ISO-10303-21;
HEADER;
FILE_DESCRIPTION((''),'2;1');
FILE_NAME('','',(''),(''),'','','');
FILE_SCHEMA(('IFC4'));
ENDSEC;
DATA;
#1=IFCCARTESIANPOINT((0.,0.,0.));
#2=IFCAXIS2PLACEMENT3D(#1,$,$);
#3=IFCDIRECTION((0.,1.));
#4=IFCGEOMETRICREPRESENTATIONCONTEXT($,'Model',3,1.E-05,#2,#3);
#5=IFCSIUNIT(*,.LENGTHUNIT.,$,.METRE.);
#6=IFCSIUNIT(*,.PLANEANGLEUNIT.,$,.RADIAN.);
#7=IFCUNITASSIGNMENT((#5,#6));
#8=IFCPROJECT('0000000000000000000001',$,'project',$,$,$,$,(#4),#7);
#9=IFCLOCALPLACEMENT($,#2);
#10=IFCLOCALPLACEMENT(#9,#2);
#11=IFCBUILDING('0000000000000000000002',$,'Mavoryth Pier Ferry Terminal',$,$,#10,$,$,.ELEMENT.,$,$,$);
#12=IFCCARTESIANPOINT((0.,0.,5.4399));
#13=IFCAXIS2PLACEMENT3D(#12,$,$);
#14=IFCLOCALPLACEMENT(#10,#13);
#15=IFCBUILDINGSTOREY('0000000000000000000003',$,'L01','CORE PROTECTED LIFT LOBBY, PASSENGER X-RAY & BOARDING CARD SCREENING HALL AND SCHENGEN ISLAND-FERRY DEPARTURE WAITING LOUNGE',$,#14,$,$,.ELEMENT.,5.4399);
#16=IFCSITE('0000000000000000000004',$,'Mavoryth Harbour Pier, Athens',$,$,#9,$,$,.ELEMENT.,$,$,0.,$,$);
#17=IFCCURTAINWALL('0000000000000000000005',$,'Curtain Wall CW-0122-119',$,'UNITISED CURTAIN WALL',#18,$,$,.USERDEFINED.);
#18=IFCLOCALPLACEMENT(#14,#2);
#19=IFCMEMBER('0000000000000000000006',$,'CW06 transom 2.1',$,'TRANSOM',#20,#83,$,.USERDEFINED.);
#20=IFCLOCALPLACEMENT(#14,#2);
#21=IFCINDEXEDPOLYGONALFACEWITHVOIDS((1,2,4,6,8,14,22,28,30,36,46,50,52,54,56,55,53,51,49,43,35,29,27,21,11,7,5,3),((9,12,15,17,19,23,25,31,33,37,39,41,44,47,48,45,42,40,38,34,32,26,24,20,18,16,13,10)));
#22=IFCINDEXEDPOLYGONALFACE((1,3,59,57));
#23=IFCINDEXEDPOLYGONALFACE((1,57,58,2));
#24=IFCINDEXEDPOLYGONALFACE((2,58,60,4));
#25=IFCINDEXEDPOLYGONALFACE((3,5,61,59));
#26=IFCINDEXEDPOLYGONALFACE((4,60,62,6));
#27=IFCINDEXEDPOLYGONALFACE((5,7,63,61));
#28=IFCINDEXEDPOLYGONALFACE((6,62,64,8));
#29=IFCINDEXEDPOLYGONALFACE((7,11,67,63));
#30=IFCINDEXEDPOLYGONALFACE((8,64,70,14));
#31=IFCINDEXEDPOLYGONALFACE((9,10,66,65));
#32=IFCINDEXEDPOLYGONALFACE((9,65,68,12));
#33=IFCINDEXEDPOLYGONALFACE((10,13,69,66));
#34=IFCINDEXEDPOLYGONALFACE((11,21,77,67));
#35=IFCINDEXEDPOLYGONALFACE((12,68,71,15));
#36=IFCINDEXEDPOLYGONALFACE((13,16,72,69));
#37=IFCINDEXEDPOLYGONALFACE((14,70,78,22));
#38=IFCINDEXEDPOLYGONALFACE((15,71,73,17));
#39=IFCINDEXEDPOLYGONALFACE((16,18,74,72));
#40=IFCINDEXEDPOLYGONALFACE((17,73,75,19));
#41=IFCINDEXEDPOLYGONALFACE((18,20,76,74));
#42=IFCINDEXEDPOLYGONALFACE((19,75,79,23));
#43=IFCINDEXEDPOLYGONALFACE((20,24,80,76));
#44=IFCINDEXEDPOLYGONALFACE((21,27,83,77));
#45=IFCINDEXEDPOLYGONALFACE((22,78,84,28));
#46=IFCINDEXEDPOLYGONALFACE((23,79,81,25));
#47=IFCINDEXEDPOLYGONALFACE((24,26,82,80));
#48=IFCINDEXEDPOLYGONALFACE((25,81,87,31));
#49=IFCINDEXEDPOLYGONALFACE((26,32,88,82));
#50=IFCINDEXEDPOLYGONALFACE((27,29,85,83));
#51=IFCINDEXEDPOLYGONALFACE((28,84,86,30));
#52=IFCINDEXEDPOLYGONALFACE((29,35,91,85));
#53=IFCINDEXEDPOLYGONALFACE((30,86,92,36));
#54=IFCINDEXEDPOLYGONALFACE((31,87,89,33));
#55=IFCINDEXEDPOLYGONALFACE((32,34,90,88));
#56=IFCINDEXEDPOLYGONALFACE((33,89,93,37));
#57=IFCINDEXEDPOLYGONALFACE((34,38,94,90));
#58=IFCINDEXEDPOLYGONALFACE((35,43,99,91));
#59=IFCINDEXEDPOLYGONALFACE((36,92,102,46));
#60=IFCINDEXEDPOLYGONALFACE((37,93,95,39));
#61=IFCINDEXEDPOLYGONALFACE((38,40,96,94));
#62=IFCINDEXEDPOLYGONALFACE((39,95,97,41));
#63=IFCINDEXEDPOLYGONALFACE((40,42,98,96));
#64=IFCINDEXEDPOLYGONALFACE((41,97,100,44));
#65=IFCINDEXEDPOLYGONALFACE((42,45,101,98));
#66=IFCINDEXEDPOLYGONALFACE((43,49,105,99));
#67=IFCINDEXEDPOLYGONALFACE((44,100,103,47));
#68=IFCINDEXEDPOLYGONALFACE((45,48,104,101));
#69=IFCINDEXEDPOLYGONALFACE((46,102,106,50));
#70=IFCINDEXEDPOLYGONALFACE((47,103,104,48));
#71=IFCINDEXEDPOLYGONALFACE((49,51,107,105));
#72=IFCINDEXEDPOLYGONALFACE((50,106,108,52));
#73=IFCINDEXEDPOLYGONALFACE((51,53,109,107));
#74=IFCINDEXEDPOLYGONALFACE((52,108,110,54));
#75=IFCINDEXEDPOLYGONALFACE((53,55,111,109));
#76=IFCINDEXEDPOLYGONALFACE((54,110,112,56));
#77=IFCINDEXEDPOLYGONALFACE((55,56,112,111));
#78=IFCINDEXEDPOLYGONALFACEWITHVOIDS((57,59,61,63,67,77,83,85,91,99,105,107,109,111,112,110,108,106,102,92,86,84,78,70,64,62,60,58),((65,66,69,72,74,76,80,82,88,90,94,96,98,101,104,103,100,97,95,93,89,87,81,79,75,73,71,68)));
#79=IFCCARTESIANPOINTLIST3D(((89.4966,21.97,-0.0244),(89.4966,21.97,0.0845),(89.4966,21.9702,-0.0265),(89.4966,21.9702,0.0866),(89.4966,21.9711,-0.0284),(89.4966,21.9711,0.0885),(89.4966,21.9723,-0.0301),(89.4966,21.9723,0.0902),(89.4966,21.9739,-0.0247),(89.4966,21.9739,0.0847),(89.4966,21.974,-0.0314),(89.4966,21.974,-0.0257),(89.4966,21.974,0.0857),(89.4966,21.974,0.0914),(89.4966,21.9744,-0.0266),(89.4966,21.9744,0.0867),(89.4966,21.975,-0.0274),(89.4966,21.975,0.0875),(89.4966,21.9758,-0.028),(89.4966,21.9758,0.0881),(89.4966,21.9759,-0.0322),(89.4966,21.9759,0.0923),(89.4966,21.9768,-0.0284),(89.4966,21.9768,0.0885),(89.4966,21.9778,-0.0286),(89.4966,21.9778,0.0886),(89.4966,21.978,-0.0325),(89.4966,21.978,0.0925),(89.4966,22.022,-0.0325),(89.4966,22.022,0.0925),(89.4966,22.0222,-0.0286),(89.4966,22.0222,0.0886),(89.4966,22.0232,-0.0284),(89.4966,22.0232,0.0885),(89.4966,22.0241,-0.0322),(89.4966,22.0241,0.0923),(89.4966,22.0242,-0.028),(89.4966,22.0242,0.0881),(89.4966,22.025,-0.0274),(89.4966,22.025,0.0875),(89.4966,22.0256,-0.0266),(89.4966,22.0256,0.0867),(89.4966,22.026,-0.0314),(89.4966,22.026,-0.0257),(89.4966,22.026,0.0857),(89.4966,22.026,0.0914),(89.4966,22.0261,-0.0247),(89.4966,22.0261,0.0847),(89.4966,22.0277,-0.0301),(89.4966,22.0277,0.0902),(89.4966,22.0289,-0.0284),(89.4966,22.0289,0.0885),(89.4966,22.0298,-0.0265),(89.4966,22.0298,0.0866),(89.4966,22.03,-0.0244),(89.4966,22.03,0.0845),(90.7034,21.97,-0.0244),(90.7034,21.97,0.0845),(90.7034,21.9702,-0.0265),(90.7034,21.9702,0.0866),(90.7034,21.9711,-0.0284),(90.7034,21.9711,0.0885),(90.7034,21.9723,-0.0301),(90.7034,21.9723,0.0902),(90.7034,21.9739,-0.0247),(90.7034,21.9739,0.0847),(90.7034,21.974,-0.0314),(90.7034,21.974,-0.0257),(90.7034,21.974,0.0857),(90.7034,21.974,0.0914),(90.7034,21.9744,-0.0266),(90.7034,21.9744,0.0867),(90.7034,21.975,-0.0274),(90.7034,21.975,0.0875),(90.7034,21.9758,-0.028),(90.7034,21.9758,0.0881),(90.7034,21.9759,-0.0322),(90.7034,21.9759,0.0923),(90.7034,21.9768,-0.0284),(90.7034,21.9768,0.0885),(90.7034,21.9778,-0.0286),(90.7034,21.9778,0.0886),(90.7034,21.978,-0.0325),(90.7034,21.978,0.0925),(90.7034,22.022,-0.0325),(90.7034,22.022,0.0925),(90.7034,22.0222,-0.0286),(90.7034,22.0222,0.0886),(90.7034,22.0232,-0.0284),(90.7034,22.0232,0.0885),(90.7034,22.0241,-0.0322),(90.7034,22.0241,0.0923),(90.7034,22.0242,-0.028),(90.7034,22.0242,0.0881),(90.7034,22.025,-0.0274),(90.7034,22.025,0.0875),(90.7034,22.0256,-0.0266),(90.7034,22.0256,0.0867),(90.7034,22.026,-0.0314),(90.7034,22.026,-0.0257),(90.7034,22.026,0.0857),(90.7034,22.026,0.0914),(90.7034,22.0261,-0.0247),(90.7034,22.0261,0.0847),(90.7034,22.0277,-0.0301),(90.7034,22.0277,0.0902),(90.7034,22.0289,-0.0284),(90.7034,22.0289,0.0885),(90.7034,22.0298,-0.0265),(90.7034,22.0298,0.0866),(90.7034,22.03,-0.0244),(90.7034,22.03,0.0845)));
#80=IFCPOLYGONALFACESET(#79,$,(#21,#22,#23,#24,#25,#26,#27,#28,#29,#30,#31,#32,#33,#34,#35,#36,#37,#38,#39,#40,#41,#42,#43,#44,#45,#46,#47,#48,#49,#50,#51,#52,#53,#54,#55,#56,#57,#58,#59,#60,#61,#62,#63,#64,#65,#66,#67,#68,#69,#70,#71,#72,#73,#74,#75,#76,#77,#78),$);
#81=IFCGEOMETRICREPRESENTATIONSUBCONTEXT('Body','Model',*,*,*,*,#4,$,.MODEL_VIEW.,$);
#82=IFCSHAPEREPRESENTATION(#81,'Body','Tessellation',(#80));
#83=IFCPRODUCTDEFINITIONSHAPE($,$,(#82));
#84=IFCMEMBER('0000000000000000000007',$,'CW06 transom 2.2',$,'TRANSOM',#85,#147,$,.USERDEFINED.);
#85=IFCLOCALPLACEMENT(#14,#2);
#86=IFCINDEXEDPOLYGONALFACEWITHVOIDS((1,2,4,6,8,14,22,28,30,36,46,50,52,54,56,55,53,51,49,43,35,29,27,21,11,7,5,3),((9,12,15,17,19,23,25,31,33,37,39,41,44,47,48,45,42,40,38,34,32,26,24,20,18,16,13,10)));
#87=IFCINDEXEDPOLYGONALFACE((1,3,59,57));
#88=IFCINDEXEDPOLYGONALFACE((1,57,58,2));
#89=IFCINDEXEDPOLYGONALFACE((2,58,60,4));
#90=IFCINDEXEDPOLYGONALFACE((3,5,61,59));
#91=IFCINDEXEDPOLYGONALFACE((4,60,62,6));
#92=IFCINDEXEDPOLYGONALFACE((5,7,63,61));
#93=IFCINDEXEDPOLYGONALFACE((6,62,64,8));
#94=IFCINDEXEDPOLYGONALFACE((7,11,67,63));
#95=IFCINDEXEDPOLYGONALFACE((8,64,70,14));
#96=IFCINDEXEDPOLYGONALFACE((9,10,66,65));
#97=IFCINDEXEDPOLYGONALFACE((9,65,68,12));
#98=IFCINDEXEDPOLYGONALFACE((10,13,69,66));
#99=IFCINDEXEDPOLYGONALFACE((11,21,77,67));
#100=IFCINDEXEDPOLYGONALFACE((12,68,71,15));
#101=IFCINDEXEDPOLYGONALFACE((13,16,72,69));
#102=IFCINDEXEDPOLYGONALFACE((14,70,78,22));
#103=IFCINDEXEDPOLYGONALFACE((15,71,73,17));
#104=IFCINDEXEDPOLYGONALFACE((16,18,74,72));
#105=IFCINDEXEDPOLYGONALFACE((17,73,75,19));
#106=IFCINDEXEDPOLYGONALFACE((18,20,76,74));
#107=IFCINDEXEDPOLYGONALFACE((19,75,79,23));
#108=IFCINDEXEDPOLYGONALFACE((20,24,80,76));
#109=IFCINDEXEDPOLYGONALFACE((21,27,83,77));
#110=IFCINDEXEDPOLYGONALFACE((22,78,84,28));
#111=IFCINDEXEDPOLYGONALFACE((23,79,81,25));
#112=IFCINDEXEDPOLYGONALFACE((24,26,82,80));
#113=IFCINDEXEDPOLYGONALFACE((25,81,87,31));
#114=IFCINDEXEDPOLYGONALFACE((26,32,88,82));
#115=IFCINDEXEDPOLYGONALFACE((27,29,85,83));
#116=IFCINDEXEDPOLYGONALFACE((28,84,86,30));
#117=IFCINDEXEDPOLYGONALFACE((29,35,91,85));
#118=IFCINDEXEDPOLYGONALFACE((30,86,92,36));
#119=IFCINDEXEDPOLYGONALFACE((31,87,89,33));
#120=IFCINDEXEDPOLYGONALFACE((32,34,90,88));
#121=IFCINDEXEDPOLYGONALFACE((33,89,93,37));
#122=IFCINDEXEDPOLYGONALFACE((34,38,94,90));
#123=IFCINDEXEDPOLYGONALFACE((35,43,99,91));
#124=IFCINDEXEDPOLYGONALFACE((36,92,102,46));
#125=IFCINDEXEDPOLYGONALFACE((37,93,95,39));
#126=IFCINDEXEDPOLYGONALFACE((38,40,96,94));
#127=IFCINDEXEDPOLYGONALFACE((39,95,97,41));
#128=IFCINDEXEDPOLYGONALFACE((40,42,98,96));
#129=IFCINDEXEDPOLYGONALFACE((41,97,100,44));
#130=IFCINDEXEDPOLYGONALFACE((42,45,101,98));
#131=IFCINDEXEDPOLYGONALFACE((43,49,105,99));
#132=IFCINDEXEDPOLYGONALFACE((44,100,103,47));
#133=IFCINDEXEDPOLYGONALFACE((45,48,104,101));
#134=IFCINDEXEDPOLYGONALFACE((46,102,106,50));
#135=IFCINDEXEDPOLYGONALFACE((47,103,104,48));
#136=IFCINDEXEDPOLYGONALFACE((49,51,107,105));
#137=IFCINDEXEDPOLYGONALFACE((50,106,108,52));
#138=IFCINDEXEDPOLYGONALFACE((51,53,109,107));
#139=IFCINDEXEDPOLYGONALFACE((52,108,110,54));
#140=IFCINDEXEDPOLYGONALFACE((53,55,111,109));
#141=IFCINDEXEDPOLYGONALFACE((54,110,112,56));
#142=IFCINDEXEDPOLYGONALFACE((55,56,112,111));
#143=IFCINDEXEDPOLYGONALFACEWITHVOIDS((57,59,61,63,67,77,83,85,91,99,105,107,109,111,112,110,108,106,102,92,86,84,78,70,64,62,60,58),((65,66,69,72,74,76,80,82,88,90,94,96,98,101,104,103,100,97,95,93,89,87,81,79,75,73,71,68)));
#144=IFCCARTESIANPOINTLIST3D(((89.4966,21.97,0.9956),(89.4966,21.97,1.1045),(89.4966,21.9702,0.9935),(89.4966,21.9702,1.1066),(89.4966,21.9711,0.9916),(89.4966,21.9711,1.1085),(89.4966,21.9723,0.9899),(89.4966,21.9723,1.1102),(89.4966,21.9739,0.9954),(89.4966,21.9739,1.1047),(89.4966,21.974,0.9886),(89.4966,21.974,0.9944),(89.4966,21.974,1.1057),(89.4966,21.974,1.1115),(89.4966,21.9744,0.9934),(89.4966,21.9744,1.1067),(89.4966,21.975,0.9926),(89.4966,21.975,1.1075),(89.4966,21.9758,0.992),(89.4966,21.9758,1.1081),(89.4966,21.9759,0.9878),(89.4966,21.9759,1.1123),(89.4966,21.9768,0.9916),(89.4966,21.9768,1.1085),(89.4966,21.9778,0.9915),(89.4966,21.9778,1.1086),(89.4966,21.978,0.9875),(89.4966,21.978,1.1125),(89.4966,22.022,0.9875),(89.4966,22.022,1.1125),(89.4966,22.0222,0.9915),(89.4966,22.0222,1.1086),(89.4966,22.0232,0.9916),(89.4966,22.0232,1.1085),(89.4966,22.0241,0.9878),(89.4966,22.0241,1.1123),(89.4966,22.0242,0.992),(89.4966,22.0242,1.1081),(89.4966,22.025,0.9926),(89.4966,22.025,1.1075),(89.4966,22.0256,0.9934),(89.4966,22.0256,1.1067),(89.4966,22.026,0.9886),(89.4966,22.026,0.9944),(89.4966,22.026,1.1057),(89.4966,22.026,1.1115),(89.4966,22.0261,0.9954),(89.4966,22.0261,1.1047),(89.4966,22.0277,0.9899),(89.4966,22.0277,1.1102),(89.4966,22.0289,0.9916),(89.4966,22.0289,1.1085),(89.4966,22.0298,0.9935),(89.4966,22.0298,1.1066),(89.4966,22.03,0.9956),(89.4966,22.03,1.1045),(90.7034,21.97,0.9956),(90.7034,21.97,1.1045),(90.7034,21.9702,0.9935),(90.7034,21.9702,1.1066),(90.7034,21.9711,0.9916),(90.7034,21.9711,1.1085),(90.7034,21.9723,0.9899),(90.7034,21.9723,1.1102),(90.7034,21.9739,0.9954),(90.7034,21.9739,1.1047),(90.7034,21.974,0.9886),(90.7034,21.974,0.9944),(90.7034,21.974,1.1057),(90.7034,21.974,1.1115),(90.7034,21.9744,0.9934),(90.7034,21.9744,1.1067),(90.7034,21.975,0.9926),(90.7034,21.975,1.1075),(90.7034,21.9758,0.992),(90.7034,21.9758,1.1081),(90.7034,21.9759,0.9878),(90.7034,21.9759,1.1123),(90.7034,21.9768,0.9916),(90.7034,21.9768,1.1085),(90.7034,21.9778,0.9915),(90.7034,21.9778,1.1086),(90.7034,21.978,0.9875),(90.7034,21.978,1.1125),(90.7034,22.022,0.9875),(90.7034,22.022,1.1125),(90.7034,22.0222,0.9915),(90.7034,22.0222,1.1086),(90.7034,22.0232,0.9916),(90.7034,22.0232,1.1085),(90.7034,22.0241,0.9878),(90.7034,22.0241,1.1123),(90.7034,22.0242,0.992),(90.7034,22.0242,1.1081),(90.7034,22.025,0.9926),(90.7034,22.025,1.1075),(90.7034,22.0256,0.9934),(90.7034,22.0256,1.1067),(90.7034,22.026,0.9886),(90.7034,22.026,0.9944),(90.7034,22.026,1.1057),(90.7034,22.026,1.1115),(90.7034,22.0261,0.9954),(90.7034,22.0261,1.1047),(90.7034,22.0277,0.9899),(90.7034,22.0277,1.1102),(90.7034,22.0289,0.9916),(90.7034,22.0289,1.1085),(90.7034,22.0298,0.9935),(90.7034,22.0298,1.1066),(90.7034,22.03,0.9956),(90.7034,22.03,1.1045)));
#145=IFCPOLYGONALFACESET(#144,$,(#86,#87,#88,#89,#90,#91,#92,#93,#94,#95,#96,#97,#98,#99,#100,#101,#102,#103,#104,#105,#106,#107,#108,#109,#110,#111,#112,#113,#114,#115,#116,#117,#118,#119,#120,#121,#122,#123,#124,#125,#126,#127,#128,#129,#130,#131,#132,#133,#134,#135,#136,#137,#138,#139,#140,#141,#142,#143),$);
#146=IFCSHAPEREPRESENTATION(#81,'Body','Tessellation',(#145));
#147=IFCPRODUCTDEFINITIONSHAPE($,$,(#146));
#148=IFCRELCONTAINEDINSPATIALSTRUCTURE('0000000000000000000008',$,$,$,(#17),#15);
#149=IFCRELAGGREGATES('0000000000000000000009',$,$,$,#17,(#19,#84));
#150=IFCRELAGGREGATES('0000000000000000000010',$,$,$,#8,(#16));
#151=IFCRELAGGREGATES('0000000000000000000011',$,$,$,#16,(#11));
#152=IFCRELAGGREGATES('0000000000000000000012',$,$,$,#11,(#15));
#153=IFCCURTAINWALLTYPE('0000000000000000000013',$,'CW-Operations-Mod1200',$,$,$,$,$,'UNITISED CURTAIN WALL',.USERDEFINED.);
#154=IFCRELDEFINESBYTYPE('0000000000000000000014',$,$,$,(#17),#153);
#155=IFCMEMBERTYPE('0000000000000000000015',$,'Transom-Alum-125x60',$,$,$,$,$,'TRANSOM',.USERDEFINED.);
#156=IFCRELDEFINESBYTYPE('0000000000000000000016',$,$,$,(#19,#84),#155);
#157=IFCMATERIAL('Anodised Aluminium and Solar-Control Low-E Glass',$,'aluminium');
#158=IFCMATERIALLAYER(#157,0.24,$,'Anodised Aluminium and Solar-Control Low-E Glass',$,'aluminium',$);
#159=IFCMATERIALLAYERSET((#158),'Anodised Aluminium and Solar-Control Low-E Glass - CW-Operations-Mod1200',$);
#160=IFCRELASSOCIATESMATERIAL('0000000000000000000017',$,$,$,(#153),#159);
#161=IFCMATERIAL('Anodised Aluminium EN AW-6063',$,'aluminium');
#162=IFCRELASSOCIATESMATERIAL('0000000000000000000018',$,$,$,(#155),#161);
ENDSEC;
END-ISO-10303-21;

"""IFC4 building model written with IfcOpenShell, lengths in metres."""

from ifc_helpers import new_model, si_unit, direction, frame, origin, origin_2d, place, context, subcontext, project, spatial, hollow_rectangle, extrude, material, layer, layer_set, material_profile, profile_set, type_object, element, aggregate, save


model = new_model("IFC4")

# Units and contexts
model_context = context("Model", 3, precision=1e-05, world=origin(), true_north=direction((0.0, 1.0)))
body_context = subcontext(model_context, "Body", "Model", "MODEL_VIEW")
ifc_project = project(units=[si_unit("LENGTHUNIT", "METRE"), si_unit("PLANEANGLEUNIT", "RADIAN")], contexts=[model_context])

# Site, building, storey
site_placement = place(None, origin())
site = spatial("IfcSite", under=ifc_project, at=site_placement, Name="Mavoryth Harbour Pier, Athens", CompositionType="ELEMENT", RefElevation=0.0)
building_placement = place(site_placement, origin())
building = spatial("IfcBuilding", under=site, at=building_placement, Name="Mavoryth Pier Ferry Terminal", CompositionType="ELEMENT")
storey_placement = place(building_placement, frame((0.0, 0.0, 5.4399)))
storey = spatial("IfcBuildingStorey", under=building, at=storey_placement, Name="L01", Description="CORE PROTECTED LIFT LOBBY, PASSENGER X-RAY & BOARDING CARD SCREENING HALL AND SCHENGEN ISLAND-FERRY DEPARTURE WAITING LOUNGE", CompositionType="ELEMENT", Elevation=5.4399)

# Curtain wall
ifc_material_1 = material(Name="Anodised Aluminium and Solar-Control Low-E Glass", Category="aluminium")
ifc_layer_1 = layer(ifc_material_1, 0.24, Name="Anodised Aluminium and Solar-Control Low-E Glass", Category="aluminium")
ifc_layer_set_1 = layer_set([ifc_layer_1], Name="Anodised Aluminium and Solar-Control Low-E Glass - CW-Operations-Mod1200")
curtain_wall_type = type_object("IfcCurtainWallType", Name="CW-Operations-Mod1200", ElementType="UNITISED CURTAIN WALL", PredefinedType="USERDEFINED", material=ifc_layer_set_1)
curtain_wall_placement = place(storey_placement, origin())
curtain_wall = element("IfcCurtainWall", 1, at=curtain_wall_placement, inside=storey, type_object=curtain_wall_type, Name="Curtain Wall CW-0122-119", ObjectType="UNITISED CURTAIN WALL", PredefinedType="USERDEFINED")
ifc_material_2 = material(Name="Anodised Aluminium EN AW-6063", Category="aluminium")

# Members
ifc_material_profile_1 = material_profile(ifc_material_2, hollow_rectangle(XDim=0.0601, YDim=0.125, WallThickness=0.0039, InnerFilletRadius=0.0039, OuterFilletRadius=0.0081, at=origin_2d()), Name="AL-TRAN 125x60x4", Category="aluminium")
ifc_profile_set_1 = profile_set([ifc_material_profile_1], Name="Anodised Aluminium EN AW-6063 - AL-TRAN 125x60x4")
member_type_1 = type_object("IfcMemberType", Name="Transom-Alum-125x60", ElementType="TRANSOM", PredefinedType="USERDEFINED", material=ifc_profile_set_1)
member_1_placement = place(storey_placement, frame((90.7034, 22.0, 0.03), z_axis=(-1.0, 0.0, 0.0), x_axis=(0.0, -1.0, 0.0)))
member_1 = element("IfcMember", 2, at=member_1_placement, type_object=member_type_1, Name="CW06 transom 2.1", ObjectType="TRANSOM", PredefinedType="USERDEFINED", context=body_context, shape_type="SweptSolid", body=[
    extrude(hollow_rectangle(XDim=0.0601, YDim=0.125, WallThickness=0.0039, InnerFilletRadius=0.0039, OuterFilletRadius=0.0081, at=origin_2d()), origin(), (0.0, 0.0, 1.0), 1.2068),
])
member_2_placement = place(storey_placement, frame((90.7034, 22.0, 1.05), z_axis=(-1.0, 0.0, 0.0), x_axis=(0.0, -1.0, 0.0)))
member_2 = element("IfcMember", 3, at=member_2_placement, type_object=member_type_1, Name="CW06 transom 2.2", ObjectType="TRANSOM", PredefinedType="USERDEFINED", context=body_context, shape_type="SweptSolid", body=[
    extrude(hollow_rectangle(XDim=0.0601, YDim=0.125, WallThickness=0.0039, InnerFilletRadius=0.0039, OuterFilletRadius=0.0081, at=origin_2d()), origin(), (0.0, 0.0, 1.0), 1.2068),
])

aggregate(curtain_wall, [member_1, member_2])

save(model, "model.ifc")
